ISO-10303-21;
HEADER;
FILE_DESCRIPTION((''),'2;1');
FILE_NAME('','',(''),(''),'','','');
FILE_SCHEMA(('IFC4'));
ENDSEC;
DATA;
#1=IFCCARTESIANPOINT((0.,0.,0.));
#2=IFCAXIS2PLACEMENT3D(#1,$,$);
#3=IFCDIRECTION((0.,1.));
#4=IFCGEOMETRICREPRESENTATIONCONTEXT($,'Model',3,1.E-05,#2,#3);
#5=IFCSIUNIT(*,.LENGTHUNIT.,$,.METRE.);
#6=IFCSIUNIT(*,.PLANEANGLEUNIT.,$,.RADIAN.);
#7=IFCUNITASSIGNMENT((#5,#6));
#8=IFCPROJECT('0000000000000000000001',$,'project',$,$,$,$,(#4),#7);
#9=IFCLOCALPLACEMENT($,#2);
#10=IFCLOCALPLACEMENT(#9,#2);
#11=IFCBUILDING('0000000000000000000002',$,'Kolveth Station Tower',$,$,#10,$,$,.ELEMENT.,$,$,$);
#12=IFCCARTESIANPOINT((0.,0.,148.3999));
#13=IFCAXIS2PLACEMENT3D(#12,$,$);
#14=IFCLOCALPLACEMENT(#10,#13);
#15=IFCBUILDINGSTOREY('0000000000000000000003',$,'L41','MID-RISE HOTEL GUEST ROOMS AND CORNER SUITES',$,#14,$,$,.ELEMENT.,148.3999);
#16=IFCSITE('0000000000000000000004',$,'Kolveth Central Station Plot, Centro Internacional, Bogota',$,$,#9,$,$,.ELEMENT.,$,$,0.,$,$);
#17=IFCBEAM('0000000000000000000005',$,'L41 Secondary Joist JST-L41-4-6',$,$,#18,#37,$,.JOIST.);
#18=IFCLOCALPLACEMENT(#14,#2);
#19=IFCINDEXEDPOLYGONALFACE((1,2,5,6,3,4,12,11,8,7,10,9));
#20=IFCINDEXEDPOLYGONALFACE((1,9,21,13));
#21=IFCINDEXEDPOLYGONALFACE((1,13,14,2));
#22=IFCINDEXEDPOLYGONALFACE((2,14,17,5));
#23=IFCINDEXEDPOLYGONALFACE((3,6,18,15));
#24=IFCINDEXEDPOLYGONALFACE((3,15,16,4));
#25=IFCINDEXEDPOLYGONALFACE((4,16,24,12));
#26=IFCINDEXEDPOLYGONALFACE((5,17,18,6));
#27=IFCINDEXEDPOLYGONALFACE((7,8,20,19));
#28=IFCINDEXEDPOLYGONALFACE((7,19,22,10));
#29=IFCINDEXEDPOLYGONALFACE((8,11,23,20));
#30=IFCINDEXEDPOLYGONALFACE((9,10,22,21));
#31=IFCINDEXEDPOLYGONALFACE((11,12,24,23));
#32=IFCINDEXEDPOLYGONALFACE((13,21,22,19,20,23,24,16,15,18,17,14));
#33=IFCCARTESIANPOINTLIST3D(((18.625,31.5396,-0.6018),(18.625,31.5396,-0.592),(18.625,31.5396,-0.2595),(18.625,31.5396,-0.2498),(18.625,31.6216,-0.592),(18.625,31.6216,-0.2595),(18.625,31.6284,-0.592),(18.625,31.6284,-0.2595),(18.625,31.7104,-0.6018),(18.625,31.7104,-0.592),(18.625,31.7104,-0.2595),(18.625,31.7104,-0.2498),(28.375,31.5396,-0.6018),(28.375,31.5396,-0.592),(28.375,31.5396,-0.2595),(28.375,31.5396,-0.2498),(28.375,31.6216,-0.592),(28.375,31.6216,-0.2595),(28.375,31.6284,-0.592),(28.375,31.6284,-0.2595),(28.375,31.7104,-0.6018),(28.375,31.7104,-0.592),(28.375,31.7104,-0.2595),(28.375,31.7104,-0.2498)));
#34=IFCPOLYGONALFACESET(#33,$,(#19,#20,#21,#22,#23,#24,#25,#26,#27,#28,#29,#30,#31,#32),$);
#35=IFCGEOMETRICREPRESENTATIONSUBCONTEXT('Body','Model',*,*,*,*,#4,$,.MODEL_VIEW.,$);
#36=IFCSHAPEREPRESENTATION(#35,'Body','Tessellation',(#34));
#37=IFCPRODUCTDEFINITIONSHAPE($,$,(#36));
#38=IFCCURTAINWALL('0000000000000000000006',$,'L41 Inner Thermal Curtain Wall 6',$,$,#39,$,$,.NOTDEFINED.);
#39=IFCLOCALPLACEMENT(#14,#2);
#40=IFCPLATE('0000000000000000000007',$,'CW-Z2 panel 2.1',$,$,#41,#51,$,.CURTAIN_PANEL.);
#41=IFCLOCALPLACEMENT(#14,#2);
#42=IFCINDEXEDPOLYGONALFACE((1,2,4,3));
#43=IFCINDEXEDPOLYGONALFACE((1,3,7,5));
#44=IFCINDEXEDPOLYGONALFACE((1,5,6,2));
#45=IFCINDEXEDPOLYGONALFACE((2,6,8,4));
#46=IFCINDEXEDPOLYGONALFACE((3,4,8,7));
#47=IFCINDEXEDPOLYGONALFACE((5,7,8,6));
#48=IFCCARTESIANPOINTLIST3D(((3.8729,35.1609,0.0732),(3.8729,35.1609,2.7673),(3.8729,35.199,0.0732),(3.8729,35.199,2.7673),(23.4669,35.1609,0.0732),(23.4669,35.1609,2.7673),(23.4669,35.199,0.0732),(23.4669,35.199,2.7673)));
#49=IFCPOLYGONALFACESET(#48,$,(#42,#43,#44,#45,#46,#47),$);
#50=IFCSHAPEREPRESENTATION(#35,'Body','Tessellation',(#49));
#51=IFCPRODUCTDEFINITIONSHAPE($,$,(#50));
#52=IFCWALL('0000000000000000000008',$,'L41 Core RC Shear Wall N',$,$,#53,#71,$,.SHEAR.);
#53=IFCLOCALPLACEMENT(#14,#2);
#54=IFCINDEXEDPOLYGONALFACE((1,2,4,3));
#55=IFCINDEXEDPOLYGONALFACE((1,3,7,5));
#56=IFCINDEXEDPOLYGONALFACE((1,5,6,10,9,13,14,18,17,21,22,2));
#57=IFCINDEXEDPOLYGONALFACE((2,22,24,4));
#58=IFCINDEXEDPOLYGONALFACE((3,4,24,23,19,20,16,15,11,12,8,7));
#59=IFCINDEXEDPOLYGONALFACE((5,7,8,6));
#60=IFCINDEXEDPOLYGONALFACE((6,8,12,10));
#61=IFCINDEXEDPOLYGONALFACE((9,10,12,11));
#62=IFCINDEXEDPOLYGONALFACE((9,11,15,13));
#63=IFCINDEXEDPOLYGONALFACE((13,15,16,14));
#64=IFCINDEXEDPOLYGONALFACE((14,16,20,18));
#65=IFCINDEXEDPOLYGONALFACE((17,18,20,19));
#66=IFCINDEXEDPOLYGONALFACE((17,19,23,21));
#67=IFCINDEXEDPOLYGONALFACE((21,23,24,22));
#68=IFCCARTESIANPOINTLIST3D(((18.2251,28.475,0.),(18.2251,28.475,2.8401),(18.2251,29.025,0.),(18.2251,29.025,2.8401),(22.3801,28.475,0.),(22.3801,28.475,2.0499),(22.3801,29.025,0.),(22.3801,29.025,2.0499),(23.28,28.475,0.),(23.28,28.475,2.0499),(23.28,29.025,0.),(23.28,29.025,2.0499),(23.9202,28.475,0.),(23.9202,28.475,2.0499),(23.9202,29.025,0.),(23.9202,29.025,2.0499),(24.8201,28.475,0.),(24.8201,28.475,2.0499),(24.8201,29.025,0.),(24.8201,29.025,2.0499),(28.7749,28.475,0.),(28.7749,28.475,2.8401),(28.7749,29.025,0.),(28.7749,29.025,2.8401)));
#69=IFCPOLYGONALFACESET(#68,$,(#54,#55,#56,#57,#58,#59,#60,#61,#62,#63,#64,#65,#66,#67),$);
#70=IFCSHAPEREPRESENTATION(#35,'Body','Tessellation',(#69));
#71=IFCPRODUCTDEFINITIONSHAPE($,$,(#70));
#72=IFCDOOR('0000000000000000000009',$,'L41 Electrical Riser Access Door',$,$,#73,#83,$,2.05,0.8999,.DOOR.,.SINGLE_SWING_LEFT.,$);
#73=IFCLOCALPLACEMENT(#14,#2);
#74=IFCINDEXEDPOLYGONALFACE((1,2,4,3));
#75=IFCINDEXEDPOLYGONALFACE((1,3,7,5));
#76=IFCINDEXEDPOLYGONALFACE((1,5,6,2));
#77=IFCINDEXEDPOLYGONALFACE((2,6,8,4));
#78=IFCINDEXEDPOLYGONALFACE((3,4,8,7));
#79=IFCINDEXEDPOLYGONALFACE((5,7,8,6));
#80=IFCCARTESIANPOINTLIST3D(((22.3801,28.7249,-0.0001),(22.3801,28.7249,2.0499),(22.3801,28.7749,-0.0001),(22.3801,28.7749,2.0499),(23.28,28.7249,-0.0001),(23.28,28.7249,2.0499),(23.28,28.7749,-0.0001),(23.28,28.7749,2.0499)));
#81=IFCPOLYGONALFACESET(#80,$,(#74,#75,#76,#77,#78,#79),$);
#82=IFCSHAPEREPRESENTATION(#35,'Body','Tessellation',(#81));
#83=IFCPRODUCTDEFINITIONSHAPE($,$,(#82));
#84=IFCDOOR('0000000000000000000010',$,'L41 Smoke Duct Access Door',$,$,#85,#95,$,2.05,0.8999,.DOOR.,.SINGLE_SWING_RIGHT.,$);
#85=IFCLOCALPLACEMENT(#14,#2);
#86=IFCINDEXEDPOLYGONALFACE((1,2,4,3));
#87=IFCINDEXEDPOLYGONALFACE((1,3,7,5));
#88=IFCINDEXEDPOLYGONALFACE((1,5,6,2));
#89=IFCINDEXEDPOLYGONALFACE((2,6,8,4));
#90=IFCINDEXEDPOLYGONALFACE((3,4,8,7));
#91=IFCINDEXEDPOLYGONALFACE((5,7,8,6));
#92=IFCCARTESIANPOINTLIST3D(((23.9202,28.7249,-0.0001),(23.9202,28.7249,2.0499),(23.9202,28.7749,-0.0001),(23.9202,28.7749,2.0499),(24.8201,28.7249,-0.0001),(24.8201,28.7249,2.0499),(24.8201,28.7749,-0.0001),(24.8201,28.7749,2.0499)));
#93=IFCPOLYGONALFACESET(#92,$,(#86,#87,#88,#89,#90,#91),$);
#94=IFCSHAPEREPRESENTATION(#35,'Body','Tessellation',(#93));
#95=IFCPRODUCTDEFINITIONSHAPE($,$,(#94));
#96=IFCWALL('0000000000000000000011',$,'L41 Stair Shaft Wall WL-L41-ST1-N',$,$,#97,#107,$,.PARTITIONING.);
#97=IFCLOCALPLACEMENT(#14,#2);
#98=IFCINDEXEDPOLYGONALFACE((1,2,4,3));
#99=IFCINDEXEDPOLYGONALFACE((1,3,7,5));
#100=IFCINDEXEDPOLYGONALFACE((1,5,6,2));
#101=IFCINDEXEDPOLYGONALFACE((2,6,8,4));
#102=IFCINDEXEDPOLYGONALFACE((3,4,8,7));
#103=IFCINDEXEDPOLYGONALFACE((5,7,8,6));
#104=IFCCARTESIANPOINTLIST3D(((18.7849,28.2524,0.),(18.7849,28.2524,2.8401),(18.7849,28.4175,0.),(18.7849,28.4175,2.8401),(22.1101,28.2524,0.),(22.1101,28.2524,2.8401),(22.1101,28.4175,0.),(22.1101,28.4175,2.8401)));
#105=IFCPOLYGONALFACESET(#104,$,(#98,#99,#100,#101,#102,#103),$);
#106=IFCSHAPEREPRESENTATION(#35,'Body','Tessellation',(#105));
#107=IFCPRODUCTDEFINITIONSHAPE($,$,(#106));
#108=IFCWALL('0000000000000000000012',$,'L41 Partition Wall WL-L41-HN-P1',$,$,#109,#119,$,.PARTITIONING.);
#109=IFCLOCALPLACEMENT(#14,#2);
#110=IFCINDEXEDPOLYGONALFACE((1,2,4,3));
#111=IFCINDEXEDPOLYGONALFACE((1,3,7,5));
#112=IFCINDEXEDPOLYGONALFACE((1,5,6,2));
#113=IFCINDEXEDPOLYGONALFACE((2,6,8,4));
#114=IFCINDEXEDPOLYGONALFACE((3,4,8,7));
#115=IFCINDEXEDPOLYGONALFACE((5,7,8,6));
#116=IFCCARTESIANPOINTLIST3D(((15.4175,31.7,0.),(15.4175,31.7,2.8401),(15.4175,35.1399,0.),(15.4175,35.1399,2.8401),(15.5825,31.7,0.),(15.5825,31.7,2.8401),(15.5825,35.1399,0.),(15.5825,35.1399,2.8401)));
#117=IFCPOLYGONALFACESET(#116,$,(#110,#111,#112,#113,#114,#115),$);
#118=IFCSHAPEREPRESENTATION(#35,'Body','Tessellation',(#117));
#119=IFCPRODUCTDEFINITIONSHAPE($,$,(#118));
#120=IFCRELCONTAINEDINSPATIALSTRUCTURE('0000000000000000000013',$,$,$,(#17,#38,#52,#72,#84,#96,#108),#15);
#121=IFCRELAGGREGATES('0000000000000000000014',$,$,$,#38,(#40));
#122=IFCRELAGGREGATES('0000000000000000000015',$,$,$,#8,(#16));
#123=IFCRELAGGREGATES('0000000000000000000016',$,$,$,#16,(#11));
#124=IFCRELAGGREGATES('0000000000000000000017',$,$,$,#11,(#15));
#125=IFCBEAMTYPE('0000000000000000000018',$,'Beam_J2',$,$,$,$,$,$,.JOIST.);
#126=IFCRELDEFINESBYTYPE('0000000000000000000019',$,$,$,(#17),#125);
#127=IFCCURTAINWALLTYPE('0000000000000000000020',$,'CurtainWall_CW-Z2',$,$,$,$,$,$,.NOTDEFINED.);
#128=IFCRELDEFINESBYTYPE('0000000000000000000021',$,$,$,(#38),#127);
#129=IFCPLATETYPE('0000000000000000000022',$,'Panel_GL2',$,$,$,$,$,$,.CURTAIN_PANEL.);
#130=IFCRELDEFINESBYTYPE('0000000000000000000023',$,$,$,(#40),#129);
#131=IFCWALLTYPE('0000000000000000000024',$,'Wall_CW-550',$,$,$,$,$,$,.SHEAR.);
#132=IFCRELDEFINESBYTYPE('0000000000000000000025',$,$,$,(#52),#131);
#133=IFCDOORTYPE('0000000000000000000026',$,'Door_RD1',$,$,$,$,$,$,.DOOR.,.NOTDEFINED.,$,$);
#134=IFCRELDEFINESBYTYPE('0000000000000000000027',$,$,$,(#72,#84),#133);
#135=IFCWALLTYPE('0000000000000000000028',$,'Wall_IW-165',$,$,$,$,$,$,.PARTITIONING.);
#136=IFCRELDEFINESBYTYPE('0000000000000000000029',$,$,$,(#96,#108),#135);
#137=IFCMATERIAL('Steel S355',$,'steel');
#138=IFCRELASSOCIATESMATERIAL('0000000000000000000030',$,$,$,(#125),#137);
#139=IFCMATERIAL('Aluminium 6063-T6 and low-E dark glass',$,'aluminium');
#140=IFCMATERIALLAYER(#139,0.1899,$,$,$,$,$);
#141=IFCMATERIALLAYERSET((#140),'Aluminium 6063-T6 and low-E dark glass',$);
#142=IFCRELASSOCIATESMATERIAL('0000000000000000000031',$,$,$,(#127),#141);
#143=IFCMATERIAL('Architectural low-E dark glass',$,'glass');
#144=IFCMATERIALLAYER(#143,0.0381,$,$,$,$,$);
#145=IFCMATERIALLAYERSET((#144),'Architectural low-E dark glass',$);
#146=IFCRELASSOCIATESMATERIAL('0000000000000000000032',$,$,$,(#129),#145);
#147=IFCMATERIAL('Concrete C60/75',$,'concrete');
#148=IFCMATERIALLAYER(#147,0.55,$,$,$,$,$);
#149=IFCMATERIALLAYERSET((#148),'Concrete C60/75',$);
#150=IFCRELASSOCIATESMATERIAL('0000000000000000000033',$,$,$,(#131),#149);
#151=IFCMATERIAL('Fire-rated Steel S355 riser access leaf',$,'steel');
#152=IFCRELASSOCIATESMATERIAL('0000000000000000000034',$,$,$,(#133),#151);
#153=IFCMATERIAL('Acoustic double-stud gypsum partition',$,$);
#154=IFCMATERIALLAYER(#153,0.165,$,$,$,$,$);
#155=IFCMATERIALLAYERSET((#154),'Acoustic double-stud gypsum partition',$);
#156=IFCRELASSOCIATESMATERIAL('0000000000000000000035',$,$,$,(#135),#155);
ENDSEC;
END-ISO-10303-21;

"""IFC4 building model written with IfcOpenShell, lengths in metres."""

from ifc_helpers import new_model, si_unit, direction, frame, frame_2d, origin, origin_2d, place, context, subcontext, project, spatial, rectangle, i_section, extrude, source, transform, mapped, material, layer, layer_set, material_profile, profile_set, type_object, element, fill, aggregate, save


model = new_model("IFC4")

# Units and contexts
model_context = context("Model", 3, precision=1e-05, world=origin(), true_north=direction((0.0, 1.0)))
body_context = subcontext(model_context, "Body", "Model", "MODEL_VIEW")
ifc_project = project(units=[si_unit("LENGTHUNIT", "METRE"), si_unit("PLANEANGLEUNIT", "RADIAN")], contexts=[model_context])

# Site, building, storey
site_placement = place(None, origin())
site = spatial("IfcSite", under=ifc_project, at=site_placement, Name="Kolveth Central Station Plot, Centro Internacional, Bogota", CompositionType="ELEMENT", RefElevation=0.0)
building_placement = place(site_placement, origin())
building = spatial("IfcBuilding", under=site, at=building_placement, Name="Kolveth Station Tower", CompositionType="ELEMENT")
storey_placement = place(building_placement, frame((0.0, 0.0, 148.3999)))
storey = spatial("IfcBuildingStorey", under=building, at=storey_placement, Name="L41", Description="MID-RISE HOTEL GUEST ROOMS AND CORNER SUITES", CompositionType="ELEMENT", Elevation=148.3999)

# Shared definitions
ifc_material_1 = material(Name="Steel S355", Category="steel")

# Beam
ifc_material_2 = material(Name="Concrete C60/75", Category="concrete")
ifc_material_profile_1 = material_profile(ifc_material_1, i_section(OverallWidth=0.1709, OverallDepth=0.3521, WebThickness=0.0068, FlangeThickness=0.0098, at=origin_2d()), Name="W360x44")
ifc_profile_set_1 = profile_set([ifc_material_profile_1], Name="Steel S355")
beam_type_1 = type_object("IfcBeamType", Name="Beam_J2", PredefinedType="JOIST", material=ifc_profile_set_1)
shared_shape_1 = source(origin(), body_context, "Body", "SweptSolid", [
    extrude(i_section(OverallWidth=0.1709, OverallDepth=0.3521, WebThickness=0.0068, FlangeThickness=0.0098, at=origin_2d()), origin(), (0.0, 0.0, 1.0), 9.75),
])
beam_1_placement = place(storey_placement, frame((18.625, 31.625, -0.4258), z_axis=(1.0, 0.0, 0.0), x_axis=(0.0, 1.0, 0.0)))
element("IfcBeam", 1, at=beam_1_placement, inside=storey, type_object=beam_type_1, Name="L41 Secondary Joist JST-L41-4-6", PredefinedType="JOIST", context=body_context, shape_type="MappedRepresentation", body=[
    mapped(shared_shape_1, transform((0.0, 0.0, 0.0), x_axis=(1.0, 0.0, 0.0), y_axis=(0.0, 1.0, 0.0), z_axis=(0.0, 0.0, 1.0), scale=1.0)),
])

# Curtain wall, plate
ifc_material_3 = material(Name="Aluminium 6063-T6 and low-E dark glass", Category="aluminium")
ifc_layer_1 = layer(ifc_material_3, 0.1899)
ifc_layer_set_1 = layer_set([ifc_layer_1], Name="Aluminium 6063-T6 and low-E dark glass")
curtain_wall_type = type_object("IfcCurtainWallType", Name="CurtainWall_CW-Z2", PredefinedType="NOTDEFINED", material=ifc_layer_set_1)
curtain_wall_placement = place(storey_placement, origin())
curtain_wall = element("IfcCurtainWall", 2, at=curtain_wall_placement, inside=storey, type_object=curtain_wall_type, Name="L41 Inner Thermal Curtain Wall 6", PredefinedType="NOTDEFINED")
ifc_material_4 = material(Name="Architectural low-E dark glass", Category="glass")
ifc_layer_2 = layer(ifc_material_4, 0.0381)
ifc_layer_set_2 = layer_set([ifc_layer_2], Name="Architectural low-E dark glass")
plate_type = type_object("IfcPlateType", Name="Panel_GL2", PredefinedType="CURTAIN_PANEL", material=ifc_layer_set_2)
shared_shape_2 = source(origin(), body_context, "Body", "SweptSolid", [
    extrude(rectangle(XDim=19.594, YDim=0.0381, at=origin_2d()), origin(), (0.0, 0.0, 1.0), 2.6941),
])
plate_placement = place(storey_placement, frame((13.6699, 35.1799, 0.0732), z_axis=(0.0, 0.0, 1.0), x_axis=(-1.0, 0.0, 0.0)))
plate = element("IfcPlate", 3, at=plate_placement, type_object=plate_type, Name="CW-Z2 panel 2.1", PredefinedType="CURTAIN_PANEL", context=body_context, shape_type="MappedRepresentation", body=[
    mapped(shared_shape_2, transform((0.0, 0.0, 0.0), x_axis=(1.0, 0.0, 0.0), y_axis=(0.0, 1.0, 0.0), z_axis=(0.0, 0.0, 1.0), scale=1.0)),
])
aggregate(curtain_wall, [plate])

# Wall, openings, doors
ifc_layer_3 = layer(ifc_material_2, 0.55)
ifc_layer_set_3 = layer_set([ifc_layer_3], Name="Concrete C60/75")
wall_type_1 = type_object("IfcWallType", Name="Wall_CW-550", PredefinedType="SHEAR", material=ifc_layer_set_3)
wall_1_placement = place(storey_placement, frame((18.2251, 28.75, 0.0), z_axis=(0.0, 0.0, 1.0), x_axis=(1.0, 0.0, 0.0)))
wall_1 = element("IfcWall", 4, at=wall_1_placement, inside=storey, type_object=wall_type_1, Name="L41 Core RC Shear Wall N", PredefinedType="SHEAR", context=body_context, shape_type="SweptSolid", body=[
    extrude(rectangle(XDim=10.5498, YDim=0.55, at=frame_2d((5.2749, 0.0))), origin(), (0.0, 0.0, 1.0), 2.8401),
])
opening_1_placement = place(wall_1_placement, frame((4.155, 0.0, 0.0)))
opening_1 = element("IfcOpeningElement", 5, at=opening_1_placement, cuts=wall_1, PredefinedType="OPENING", context=body_context, shape_type="SweptSolid", body=[
    extrude(rectangle(XDim=0.8999, YDim=2.05, at=frame_2d((0.45, 1.0249))), frame((0.0, 0.2849, 0.0), z_axis=(0.0, -1.0, 0.0), x_axis=(1.0, 0.0, 0.0)), (0.0, 0.0, 1.0), 0.5701),
])
opening_2_placement = place(wall_1_placement, frame((5.6951, 0.0, 0.0)))
opening_2 = element("IfcOpeningElement", 6, at=opening_2_placement, cuts=wall_1, PredefinedType="OPENING", context=body_context, shape_type="SweptSolid", body=[
    extrude(rectangle(XDim=0.8999, YDim=2.05, at=frame_2d((0.45, 1.0249))), frame((0.0, 0.2849, 0.0), z_axis=(0.0, -1.0, 0.0), x_axis=(1.0, 0.0, 0.0)), (0.0, 0.0, 1.0), 0.5701),
])
ifc_material_5 = material(Name="Fire-rated Steel S355 riser access leaf", Category="steel")
door_type = type_object("IfcDoorType", Name="Door_RD1", OperationType="NOTDEFINED", PredefinedType="DOOR", material=ifc_material_5)
door_1_placement = place(opening_1_placement, origin())
door_1 = element("IfcDoor", 7, at=door_1_placement, inside=storey, type_object=door_type, Name="L41 Electrical Riser Access Door", OperationType="SINGLE_SWING_LEFT", OverallHeight=2.05, OverallWidth=0.8999, PredefinedType="DOOR", context=body_context, shape_type="SweptSolid", body=[
    extrude(rectangle(XDim=0.8999, YDim=2.05, at=frame_2d((0.45, 1.0249))), frame((0.0, 0.0249, 0.0), z_axis=(0.0, -1.0, 0.0), x_axis=(1.0, 0.0, 0.0)), (0.0, 0.0, 1.0), 0.05),
])
fill(opening_1, door_1)
door_2_placement = place(opening_2_placement, origin())
door_2 = element("IfcDoor", 8, at=door_2_placement, inside=storey, type_object=door_type, Name="L41 Smoke Duct Access Door", OperationType="SINGLE_SWING_RIGHT", OverallHeight=2.05, OverallWidth=0.8999, PredefinedType="DOOR", context=body_context, shape_type="SweptSolid", body=[
    extrude(rectangle(XDim=0.8999, YDim=2.05, at=frame_2d((0.45, 1.0249))), frame((0.0, 0.0249, 0.0), z_axis=(0.0, -1.0, 0.0), x_axis=(1.0, 0.0, 0.0)), (0.0, 0.0, 1.0), 0.05),
])
fill(opening_2, door_2)

# Walls
ifc_material_6 = material(Name="Acoustic double-stud gypsum partition")
ifc_layer_4 = layer(ifc_material_6, 0.165)
ifc_layer_set_4 = layer_set([ifc_layer_4], Name="Acoustic double-stud gypsum partition")
wall_type_2 = type_object("IfcWallType", Name="Wall_IW-165", PredefinedType="PARTITIONING", material=ifc_layer_set_4)
wall_2_placement = place(storey_placement, frame((18.7849, 28.335, 0.0), z_axis=(0.0, 0.0, 1.0), x_axis=(1.0, 0.0, 0.0)))
element("IfcWall", 9, at=wall_2_placement, inside=storey, type_object=wall_type_2, Name="L41 Stair Shaft Wall WL-L41-ST1-N", PredefinedType="PARTITIONING", context=body_context, shape_type="SweptSolid", body=[
    extrude(rectangle(XDim=3.3252, YDim=0.165, at=frame_2d((1.6626, 0.0))), origin(), (0.0, 0.0, 1.0), 2.8401),
])
wall_3_placement = place(storey_placement, frame((15.5, 31.7, 0.0), z_axis=(0.0, 0.0, 1.0), x_axis=(0.0, 1.0, 0.0)))
element("IfcWall", 10, at=wall_3_placement, inside=storey, type_object=wall_type_2, Name="L41 Partition Wall WL-L41-HN-P1", PredefinedType="PARTITIONING", context=body_context, shape_type="SweptSolid", body=[
    extrude(rectangle(XDim=3.4399, YDim=0.165, at=frame_2d((1.72, 0.0))), origin(), (0.0, 0.0, 1.0), 2.8401),
])

save(model, "model.ifc")
